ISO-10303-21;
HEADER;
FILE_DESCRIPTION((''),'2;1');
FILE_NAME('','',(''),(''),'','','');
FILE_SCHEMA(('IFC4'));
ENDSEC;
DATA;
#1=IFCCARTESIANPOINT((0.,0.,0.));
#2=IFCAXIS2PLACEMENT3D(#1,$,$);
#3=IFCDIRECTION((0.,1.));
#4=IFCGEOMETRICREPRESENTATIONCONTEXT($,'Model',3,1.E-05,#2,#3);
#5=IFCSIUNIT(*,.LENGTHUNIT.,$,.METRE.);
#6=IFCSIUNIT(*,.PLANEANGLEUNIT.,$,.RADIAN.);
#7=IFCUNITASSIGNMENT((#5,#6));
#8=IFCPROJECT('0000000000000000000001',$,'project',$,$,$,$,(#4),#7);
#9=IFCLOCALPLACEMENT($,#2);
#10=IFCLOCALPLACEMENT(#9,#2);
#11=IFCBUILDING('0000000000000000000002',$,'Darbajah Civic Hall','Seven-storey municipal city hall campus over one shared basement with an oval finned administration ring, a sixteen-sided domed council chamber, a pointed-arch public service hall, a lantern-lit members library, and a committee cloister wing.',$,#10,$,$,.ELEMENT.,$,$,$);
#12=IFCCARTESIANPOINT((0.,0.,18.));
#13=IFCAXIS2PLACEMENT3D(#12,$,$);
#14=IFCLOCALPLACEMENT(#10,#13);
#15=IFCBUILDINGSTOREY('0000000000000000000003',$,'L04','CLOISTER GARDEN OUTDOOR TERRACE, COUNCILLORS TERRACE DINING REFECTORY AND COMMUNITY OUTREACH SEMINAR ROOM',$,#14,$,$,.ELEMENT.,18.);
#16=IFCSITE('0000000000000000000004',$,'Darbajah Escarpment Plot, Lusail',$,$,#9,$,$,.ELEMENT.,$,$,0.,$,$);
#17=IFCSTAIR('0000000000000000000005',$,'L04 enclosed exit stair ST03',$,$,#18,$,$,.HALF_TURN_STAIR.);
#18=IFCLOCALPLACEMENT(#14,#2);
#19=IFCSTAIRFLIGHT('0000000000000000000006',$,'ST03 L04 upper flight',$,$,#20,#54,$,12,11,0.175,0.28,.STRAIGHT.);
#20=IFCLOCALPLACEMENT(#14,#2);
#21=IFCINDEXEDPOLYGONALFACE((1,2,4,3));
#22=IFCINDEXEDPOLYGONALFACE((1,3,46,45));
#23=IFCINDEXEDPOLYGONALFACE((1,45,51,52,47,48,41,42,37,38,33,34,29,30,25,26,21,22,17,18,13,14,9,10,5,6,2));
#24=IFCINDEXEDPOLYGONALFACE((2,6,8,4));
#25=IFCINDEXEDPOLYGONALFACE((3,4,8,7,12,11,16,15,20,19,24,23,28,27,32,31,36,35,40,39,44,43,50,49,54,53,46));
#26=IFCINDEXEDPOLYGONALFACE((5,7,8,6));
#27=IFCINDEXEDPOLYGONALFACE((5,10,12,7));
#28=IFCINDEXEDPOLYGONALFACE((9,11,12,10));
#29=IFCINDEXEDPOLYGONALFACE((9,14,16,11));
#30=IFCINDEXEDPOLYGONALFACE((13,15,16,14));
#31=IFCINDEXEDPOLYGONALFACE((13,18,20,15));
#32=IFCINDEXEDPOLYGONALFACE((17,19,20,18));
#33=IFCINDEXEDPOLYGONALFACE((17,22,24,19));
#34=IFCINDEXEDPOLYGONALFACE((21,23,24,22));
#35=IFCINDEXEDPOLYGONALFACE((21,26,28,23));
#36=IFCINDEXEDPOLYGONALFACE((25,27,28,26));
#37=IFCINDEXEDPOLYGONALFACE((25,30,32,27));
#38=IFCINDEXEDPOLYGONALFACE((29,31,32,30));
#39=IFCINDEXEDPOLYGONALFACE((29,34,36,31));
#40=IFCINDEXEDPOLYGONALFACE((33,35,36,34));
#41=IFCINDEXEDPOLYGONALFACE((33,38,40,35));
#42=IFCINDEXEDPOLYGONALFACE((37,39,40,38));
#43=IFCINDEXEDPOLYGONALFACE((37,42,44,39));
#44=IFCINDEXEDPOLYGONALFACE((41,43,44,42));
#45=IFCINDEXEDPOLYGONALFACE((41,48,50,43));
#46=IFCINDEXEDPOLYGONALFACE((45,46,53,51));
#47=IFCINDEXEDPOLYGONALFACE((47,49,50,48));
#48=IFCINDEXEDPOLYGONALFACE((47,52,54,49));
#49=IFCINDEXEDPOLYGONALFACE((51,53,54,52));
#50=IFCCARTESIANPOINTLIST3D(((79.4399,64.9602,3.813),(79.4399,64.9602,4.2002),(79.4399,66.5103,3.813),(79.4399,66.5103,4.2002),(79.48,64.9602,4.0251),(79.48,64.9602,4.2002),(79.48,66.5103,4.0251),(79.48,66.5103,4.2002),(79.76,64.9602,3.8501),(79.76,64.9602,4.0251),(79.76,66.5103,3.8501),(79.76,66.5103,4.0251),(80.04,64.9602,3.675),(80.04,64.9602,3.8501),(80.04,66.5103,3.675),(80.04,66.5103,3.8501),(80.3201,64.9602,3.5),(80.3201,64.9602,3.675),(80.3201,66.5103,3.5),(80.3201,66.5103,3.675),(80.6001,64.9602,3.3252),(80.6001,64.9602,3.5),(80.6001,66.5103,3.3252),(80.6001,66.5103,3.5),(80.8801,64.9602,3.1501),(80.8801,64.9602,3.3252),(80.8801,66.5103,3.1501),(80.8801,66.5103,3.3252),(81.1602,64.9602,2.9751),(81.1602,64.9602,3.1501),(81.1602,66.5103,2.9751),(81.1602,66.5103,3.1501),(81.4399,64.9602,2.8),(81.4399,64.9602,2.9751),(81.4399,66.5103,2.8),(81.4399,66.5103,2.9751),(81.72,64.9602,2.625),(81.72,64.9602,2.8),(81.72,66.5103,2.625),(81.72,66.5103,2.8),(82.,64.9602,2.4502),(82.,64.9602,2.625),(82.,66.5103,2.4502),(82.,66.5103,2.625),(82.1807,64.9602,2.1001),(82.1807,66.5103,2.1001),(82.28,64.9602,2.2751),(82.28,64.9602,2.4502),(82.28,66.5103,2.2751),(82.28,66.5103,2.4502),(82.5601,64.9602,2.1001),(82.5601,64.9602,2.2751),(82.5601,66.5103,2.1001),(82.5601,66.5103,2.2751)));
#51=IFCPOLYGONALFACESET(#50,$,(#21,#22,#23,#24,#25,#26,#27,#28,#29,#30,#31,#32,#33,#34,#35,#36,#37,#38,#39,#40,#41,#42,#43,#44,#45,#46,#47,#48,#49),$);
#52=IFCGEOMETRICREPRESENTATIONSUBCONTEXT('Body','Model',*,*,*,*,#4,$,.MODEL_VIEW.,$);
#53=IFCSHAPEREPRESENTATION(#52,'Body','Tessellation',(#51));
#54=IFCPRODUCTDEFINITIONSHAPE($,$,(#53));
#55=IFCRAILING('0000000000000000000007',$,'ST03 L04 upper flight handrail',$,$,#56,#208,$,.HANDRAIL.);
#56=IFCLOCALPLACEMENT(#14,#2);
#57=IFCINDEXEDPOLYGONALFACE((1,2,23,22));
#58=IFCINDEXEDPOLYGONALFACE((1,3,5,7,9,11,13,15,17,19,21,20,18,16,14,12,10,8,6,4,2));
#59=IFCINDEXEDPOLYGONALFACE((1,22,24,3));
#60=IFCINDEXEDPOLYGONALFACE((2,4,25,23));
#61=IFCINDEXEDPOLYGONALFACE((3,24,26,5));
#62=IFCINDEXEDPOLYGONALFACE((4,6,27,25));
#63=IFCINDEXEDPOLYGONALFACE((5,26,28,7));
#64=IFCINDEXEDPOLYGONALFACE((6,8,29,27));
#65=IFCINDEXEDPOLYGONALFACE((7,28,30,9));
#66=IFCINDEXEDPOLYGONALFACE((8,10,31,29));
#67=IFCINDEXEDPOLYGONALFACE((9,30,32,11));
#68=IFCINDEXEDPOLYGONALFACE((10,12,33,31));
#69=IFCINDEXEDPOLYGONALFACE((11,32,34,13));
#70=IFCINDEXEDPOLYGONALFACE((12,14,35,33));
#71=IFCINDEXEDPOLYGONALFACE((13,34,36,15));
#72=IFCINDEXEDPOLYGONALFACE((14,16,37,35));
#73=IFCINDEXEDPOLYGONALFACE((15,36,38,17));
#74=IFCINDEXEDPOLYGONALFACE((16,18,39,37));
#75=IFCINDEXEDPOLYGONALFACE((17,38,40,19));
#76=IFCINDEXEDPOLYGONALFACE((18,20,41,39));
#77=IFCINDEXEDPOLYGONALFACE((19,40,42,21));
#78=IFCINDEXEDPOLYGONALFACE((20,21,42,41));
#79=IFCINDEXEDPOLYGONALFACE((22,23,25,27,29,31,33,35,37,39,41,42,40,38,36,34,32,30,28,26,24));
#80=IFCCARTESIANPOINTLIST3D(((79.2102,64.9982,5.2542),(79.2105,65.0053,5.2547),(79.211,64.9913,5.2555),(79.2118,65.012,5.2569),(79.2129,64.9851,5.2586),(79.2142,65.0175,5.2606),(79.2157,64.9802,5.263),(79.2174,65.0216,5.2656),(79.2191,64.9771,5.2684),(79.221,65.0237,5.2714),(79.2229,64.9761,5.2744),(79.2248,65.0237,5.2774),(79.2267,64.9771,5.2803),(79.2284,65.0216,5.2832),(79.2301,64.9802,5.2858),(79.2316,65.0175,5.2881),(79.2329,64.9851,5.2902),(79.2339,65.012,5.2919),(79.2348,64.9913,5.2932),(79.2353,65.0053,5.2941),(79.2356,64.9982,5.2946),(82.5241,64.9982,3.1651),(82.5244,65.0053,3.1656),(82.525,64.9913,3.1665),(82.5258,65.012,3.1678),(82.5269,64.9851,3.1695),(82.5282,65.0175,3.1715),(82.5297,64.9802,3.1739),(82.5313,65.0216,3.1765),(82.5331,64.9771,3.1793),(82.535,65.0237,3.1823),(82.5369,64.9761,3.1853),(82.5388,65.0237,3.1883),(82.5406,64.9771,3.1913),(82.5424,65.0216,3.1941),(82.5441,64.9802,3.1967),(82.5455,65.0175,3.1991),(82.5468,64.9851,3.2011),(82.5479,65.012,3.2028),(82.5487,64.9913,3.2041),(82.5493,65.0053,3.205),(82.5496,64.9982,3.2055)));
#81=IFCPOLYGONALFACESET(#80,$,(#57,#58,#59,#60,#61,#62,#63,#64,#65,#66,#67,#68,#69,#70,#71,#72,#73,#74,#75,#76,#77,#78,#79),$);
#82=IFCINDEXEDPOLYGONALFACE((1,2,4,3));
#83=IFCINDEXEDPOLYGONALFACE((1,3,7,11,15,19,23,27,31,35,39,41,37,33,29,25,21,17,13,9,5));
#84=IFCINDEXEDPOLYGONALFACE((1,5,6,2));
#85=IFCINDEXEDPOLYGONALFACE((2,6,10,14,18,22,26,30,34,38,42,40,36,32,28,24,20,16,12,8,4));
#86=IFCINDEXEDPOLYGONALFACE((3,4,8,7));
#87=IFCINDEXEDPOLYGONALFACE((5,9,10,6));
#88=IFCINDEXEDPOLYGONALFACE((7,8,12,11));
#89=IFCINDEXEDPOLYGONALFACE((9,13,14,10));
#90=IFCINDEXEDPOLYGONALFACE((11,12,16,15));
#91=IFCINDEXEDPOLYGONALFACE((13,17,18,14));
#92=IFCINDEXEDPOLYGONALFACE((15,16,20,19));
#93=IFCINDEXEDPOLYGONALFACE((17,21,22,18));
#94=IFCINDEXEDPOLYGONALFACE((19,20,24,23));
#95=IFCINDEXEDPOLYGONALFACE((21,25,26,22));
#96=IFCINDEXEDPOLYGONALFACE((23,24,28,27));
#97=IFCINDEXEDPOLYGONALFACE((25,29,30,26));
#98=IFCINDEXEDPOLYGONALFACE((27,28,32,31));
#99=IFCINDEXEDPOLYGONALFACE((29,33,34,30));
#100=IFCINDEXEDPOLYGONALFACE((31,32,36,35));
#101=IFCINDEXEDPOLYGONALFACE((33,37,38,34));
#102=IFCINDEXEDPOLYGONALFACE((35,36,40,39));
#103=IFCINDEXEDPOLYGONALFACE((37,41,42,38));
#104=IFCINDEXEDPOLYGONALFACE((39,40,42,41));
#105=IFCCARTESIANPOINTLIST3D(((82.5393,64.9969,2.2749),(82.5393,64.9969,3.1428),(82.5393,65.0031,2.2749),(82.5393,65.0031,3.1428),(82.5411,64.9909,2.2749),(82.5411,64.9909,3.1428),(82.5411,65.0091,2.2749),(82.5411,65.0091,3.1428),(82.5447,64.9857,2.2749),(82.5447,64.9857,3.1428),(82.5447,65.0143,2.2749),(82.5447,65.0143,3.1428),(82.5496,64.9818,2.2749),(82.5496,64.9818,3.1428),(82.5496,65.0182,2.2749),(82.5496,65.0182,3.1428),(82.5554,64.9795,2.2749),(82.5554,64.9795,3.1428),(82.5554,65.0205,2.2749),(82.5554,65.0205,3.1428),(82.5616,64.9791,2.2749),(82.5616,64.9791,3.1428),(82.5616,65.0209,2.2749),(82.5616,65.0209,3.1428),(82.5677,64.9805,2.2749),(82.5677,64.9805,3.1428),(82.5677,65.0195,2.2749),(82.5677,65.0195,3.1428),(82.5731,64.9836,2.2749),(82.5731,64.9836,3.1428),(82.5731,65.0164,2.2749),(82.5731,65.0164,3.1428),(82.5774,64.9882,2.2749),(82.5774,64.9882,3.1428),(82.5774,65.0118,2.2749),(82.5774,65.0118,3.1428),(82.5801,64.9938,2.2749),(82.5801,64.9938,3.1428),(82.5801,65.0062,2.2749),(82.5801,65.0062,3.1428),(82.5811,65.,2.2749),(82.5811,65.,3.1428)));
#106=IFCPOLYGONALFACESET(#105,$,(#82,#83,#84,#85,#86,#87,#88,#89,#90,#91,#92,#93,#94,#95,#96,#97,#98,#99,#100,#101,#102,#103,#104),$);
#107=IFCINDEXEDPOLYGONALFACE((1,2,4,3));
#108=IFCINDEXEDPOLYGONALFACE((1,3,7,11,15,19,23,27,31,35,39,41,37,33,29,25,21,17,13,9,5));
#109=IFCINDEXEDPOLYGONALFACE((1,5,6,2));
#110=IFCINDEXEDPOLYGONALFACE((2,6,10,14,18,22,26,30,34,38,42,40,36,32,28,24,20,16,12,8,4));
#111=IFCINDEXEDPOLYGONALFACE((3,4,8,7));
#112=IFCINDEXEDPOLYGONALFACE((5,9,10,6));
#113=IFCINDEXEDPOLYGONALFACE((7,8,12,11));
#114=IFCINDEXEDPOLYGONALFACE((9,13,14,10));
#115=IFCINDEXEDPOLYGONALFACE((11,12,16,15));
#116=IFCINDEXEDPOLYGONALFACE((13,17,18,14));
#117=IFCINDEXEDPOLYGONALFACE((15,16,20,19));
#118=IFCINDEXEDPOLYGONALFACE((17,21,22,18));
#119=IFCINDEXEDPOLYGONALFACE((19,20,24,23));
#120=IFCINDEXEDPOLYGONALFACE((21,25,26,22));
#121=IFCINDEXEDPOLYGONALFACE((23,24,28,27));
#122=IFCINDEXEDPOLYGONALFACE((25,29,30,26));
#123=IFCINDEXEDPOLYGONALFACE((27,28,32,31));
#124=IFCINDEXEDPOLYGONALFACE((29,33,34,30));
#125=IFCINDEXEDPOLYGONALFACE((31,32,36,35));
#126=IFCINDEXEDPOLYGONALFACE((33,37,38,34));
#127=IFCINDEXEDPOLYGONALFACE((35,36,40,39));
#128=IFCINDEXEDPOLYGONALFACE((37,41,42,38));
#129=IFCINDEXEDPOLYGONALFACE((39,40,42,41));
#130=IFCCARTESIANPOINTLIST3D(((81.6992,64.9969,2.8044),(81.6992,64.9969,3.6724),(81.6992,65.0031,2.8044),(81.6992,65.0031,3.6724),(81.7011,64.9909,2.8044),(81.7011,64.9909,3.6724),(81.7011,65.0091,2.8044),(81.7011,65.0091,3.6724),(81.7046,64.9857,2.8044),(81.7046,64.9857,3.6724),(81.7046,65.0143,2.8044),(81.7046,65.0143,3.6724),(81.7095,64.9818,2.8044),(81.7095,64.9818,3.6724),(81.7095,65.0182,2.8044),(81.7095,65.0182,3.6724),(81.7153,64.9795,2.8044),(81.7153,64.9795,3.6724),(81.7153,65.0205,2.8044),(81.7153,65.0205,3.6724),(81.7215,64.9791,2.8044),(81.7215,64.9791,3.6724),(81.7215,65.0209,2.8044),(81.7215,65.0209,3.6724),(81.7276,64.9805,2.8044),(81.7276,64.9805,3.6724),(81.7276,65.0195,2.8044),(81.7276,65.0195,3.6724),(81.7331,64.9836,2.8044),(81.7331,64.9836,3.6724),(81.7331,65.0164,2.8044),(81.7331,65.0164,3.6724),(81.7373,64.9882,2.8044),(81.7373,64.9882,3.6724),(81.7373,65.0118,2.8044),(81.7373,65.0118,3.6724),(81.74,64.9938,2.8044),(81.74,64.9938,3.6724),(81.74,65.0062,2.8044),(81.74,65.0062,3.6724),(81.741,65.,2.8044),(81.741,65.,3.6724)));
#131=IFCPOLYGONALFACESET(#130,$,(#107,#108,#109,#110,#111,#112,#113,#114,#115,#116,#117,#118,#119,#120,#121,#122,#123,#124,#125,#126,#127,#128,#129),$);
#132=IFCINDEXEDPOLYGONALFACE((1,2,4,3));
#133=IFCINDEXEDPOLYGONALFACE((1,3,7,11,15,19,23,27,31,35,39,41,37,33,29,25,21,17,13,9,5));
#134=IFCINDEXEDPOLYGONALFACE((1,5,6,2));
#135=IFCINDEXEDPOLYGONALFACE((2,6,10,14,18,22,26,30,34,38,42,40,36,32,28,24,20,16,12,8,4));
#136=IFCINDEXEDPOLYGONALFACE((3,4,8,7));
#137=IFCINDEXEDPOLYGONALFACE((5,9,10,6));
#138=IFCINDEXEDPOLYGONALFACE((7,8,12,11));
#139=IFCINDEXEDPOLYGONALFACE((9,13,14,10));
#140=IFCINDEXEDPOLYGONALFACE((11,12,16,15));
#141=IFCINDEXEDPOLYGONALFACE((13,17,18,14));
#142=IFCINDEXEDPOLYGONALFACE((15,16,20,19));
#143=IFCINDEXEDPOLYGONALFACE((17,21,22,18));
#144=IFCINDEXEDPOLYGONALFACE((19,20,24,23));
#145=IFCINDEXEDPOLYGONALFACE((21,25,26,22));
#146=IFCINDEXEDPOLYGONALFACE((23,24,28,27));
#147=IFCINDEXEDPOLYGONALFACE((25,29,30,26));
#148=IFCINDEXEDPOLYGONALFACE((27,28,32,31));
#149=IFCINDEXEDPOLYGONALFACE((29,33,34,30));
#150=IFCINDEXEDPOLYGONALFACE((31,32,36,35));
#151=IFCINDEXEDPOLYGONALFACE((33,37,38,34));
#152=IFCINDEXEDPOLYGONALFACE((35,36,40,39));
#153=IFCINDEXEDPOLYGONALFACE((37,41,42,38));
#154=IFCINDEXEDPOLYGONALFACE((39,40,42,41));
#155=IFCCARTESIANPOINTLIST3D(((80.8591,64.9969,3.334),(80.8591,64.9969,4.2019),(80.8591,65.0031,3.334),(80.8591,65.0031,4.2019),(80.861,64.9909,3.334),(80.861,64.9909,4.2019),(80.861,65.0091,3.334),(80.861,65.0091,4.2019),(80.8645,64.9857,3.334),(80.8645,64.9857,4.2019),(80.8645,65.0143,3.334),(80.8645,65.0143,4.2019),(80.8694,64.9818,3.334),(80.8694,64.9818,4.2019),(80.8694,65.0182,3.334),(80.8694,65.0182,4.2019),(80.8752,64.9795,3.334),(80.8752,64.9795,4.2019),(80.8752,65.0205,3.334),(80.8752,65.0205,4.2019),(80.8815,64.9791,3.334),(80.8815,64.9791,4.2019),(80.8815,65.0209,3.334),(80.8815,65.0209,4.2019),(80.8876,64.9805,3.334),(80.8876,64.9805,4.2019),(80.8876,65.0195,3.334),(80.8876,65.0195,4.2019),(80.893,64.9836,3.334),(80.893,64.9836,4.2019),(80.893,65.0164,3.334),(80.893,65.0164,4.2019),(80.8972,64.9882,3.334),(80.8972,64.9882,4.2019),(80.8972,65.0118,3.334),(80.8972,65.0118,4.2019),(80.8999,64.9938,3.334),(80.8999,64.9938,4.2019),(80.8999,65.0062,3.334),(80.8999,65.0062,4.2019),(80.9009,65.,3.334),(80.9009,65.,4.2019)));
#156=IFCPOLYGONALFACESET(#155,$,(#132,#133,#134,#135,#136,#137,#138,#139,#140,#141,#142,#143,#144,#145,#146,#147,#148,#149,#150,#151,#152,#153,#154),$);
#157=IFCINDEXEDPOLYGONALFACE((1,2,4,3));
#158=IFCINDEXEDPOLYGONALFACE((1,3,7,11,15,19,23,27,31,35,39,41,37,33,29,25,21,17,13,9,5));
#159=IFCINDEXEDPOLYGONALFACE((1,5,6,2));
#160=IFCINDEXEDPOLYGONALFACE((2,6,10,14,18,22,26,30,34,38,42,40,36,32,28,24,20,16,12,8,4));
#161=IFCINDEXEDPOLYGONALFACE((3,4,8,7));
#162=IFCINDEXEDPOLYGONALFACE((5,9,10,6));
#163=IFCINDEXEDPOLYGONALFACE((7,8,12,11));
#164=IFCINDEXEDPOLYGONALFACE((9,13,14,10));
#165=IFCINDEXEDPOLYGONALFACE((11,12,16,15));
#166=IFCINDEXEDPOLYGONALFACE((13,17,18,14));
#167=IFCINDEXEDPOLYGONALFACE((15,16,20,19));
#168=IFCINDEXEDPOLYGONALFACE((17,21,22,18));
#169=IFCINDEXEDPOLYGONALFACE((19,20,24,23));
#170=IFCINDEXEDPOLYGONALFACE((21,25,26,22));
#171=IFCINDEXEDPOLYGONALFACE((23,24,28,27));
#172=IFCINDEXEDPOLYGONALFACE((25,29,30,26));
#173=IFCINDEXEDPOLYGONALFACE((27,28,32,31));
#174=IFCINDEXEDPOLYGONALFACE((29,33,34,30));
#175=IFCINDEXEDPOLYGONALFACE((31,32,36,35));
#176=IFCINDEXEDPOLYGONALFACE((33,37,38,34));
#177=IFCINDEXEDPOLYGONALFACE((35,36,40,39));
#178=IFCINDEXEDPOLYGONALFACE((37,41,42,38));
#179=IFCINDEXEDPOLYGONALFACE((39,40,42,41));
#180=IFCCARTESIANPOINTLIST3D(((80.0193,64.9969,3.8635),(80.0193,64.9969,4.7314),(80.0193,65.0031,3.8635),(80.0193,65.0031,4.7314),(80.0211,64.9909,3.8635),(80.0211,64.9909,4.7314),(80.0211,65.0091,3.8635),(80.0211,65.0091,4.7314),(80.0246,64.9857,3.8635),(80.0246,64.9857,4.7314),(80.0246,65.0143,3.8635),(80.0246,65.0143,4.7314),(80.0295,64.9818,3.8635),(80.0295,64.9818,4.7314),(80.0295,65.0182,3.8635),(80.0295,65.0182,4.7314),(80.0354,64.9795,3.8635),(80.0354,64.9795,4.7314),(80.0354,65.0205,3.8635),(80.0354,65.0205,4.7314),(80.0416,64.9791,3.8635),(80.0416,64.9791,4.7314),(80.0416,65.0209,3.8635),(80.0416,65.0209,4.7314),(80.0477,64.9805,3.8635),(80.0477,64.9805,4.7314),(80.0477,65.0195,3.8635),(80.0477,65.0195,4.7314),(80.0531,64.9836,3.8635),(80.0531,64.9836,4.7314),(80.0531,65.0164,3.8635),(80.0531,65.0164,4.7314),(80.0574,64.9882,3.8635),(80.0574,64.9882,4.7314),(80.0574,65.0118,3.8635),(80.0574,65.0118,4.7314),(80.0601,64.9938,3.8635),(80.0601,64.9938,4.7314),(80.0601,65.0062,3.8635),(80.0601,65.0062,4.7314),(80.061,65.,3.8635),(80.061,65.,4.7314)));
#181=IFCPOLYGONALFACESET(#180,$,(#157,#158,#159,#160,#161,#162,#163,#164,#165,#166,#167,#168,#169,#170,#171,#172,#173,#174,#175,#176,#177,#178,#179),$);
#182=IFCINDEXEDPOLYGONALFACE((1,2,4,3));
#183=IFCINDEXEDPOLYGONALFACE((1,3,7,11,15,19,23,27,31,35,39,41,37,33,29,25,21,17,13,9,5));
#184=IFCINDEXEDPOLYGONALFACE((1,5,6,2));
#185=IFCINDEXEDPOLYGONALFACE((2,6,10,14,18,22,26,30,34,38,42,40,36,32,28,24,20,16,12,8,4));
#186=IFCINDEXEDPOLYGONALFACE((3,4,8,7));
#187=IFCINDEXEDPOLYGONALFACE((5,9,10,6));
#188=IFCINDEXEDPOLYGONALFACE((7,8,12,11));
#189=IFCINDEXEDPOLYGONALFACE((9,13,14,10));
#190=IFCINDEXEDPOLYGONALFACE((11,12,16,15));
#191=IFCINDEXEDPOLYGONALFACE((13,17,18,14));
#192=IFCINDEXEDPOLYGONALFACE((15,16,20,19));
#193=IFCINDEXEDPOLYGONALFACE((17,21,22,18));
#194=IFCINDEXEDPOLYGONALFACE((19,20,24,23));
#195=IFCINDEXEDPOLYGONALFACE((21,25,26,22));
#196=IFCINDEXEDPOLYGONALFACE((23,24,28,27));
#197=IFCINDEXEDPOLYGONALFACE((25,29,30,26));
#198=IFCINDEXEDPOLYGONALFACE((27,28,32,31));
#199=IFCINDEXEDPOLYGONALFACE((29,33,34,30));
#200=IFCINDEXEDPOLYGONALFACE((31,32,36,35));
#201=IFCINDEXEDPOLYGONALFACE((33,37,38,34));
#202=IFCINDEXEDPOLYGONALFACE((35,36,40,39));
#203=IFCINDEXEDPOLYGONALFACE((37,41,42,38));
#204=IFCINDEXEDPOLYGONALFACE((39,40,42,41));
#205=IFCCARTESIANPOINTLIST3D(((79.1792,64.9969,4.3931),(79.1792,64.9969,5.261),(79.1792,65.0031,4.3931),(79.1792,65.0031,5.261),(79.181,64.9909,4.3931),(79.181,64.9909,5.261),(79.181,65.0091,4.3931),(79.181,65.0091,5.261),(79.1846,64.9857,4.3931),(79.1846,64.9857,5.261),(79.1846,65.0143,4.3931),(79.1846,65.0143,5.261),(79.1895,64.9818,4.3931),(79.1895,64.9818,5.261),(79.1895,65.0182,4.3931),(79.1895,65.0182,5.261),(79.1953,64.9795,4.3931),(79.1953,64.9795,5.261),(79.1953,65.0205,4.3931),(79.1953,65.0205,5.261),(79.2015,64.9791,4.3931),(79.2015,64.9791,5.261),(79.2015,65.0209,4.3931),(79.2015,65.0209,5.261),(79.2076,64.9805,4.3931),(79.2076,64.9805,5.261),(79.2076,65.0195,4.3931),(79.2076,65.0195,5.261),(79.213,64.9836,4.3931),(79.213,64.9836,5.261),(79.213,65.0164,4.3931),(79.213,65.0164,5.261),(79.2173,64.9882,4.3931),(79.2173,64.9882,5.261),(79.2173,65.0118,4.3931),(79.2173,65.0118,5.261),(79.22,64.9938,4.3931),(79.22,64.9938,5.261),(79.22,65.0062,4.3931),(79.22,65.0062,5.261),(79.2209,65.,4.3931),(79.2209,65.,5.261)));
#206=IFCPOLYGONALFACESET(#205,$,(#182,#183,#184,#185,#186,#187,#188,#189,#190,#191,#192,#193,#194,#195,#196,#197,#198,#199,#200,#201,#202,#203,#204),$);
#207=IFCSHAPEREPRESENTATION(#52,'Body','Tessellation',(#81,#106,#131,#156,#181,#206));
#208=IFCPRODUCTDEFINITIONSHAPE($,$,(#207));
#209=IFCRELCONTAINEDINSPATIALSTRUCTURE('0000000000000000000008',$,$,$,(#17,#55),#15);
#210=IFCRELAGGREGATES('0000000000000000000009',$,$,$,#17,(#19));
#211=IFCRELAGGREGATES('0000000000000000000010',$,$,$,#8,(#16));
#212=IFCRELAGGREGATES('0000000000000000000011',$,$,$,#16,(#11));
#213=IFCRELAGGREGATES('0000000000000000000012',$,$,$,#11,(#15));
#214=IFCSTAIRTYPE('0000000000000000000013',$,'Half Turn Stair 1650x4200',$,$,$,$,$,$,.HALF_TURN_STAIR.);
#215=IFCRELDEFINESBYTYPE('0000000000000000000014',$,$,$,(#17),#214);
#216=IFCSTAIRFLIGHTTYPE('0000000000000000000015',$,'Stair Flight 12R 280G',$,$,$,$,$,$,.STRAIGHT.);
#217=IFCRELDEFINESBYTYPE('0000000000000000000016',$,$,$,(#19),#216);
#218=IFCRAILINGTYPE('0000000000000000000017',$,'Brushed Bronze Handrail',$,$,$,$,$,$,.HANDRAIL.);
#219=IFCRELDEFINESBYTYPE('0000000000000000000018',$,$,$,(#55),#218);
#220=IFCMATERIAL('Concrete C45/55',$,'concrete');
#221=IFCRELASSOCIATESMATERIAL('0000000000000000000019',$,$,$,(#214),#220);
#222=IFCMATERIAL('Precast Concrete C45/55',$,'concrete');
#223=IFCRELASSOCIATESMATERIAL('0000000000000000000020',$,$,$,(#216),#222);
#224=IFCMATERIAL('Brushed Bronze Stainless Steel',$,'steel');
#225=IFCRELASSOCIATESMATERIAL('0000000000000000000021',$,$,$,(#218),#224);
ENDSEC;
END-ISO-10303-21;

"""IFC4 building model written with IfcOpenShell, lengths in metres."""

from ifc_helpers import new_model, si_unit, direction, frame, origin, origin_2d, place, context, subcontext, project, spatial, polyline, circle, outline, extrude, material, type_object, element, aggregate, save


model = new_model("IFC4")

# Units and contexts
model_context = context("Model", 3, precision=1e-05, world=origin(), true_north=direction((0.0, 1.0)))
body_context = subcontext(model_context, "Body", "Model", "MODEL_VIEW")
ifc_project = project(units=[si_unit("LENGTHUNIT", "METRE"), si_unit("PLANEANGLEUNIT", "RADIAN")], contexts=[model_context])

# Site, building, storey
site_placement = place(None, origin())
site = spatial("IfcSite", under=ifc_project, at=site_placement, Name="Darbajah Escarpment Plot, Lusail", CompositionType="ELEMENT", RefElevation=0.0)
building_placement = place(site_placement, origin())
building = spatial("IfcBuilding", under=site, at=building_placement, Name="Darbajah Civic Hall", Description="Seven-storey municipal city hall campus over one shared basement with an oval finned administration ring, a sixteen-sided domed council chamber, a pointed-arch public service hall, a lantern-lit members library, and a committee cloister wing.", CompositionType="ELEMENT")
storey_placement = place(building_placement, frame((0.0, 0.0, 18.0)))
storey = spatial("IfcBuildingStorey", under=building, at=storey_placement, Name="L04", Description="CLOISTER GARDEN OUTDOOR TERRACE, COUNCILLORS TERRACE DINING REFECTORY AND COMMUNITY OUTREACH SEMINAR ROOM", CompositionType="ELEMENT", Elevation=18.0)

# Stair, stair flight
ifc_material_1 = material(Name="Concrete C45/55", Category="concrete")
stair_type = type_object("IfcStairType", Name="Half Turn Stair 1650x4200", PredefinedType="HALF_TURN_STAIR", material=ifc_material_1)
stair_placement = place(storey_placement, origin())
stair = element("IfcStair", 1, at=stair_placement, inside=storey, type_object=stair_type, Name="L04 enclosed exit stair ST03", PredefinedType="HALF_TURN_STAIR")
ifc_material_2 = material(Name="Precast Concrete C45/55", Category="concrete")
stair_flight_type = type_object("IfcStairFlightType", Name="Stair Flight 12R 280G", PredefinedType="STRAIGHT", material=ifc_material_2)
stair_flight_placement = place(storey_placement, frame((82.5601, 65.7351, 2.1001), z_axis=(0.0, 0.0, 1.0), x_axis=(-1.0, 0.0, 0.0)))
stair_flight = element("IfcStairFlight", 2, at=stair_flight_placement, type_object=stair_flight_type, Name="ST03 L04 upper flight", NumberOfRisers=12, NumberOfTreads=11, PredefinedType="STRAIGHT", RiserHeight=0.175, TreadLength=0.28, context=body_context, shape_type="SweptSolid", body=[
    extrude(outline(polyline([(0.0, 0.0), (0.0, 0.175), (0.28, 0.175), (0.28, 0.3501), (0.5601, 0.3501), (0.5601, 0.5249), (0.8401, 0.5249), (0.8401, 0.7), (1.1201, 0.7), (1.1201, 0.875), (1.3999, 0.875), (1.3999, 1.05), (1.6799, 1.05), (1.6799, 1.2251), (1.96, 1.2251), (1.96, 1.3999), (2.24, 1.3999), (2.24, 1.575), (2.52, 1.575), (2.52, 1.75), (2.8, 1.75), (2.8, 1.925), (3.0801, 1.925), (3.0801, 2.1001), (3.1201, 2.1001), (3.1201, 1.7129), (0.3794, 0.0), (0.0, 0.0)])), frame((0.0, 0.7749, 0.0), z_axis=(0.0, -1.0, 0.0), x_axis=(1.0, 0.0, 0.0)), (0.0, 0.0, 1.0), 1.55),
])
aggregate(stair, [stair_flight])

# Railing
ifc_material_3 = material(Name="Brushed Bronze Stainless Steel", Category="steel")
railing_type_1 = type_object("IfcRailingType", Name="Brushed Bronze Handrail", PredefinedType="HANDRAIL", material=ifc_material_3)
railing_1_placement = place(storey_placement, frame((82.5601, 65.0, 2.2749)))
element("IfcRailing", 3, at=railing_1_placement, inside=storey, type_object=railing_type_1, Name="ST03 L04 upper flight handrail", PredefinedType="HANDRAIL", context=body_context, shape_type="SweptSolid", body=[
    extrude(circle(Radius=0.0239, at=origin_2d()), frame((-0.0232, 0.0, 0.9104), z_axis=(-0.845944, 0.0, 0.533271), x_axis=(0.0, -1.0, 0.0)), (0.0, 0.0, 1.0), 3.9175),
    extrude(circle(Radius=0.021, at=origin_2d()), origin(), (0.0, 0.0, 1.0), 0.8679),
    extrude(circle(Radius=0.021, at=origin_2d()), frame((-0.8401, 0.0, 0.5295)), (0.0, 0.0, 1.0), 0.8679),
    extrude(circle(Radius=0.021, at=origin_2d()), frame((-1.6802, 0.0, 1.0591)), (0.0, 0.0, 1.0), 0.8679),
    extrude(circle(Radius=0.021, at=origin_2d()), frame((-2.52, 0.0, 1.5886)), (0.0, 0.0, 1.0), 0.8679),
    extrude(circle(Radius=0.021, at=origin_2d()), frame((-3.3601, 0.0, 2.1182)), (0.0, 0.0, 1.0), 0.8679),
])

save(model, "model.ifc")
